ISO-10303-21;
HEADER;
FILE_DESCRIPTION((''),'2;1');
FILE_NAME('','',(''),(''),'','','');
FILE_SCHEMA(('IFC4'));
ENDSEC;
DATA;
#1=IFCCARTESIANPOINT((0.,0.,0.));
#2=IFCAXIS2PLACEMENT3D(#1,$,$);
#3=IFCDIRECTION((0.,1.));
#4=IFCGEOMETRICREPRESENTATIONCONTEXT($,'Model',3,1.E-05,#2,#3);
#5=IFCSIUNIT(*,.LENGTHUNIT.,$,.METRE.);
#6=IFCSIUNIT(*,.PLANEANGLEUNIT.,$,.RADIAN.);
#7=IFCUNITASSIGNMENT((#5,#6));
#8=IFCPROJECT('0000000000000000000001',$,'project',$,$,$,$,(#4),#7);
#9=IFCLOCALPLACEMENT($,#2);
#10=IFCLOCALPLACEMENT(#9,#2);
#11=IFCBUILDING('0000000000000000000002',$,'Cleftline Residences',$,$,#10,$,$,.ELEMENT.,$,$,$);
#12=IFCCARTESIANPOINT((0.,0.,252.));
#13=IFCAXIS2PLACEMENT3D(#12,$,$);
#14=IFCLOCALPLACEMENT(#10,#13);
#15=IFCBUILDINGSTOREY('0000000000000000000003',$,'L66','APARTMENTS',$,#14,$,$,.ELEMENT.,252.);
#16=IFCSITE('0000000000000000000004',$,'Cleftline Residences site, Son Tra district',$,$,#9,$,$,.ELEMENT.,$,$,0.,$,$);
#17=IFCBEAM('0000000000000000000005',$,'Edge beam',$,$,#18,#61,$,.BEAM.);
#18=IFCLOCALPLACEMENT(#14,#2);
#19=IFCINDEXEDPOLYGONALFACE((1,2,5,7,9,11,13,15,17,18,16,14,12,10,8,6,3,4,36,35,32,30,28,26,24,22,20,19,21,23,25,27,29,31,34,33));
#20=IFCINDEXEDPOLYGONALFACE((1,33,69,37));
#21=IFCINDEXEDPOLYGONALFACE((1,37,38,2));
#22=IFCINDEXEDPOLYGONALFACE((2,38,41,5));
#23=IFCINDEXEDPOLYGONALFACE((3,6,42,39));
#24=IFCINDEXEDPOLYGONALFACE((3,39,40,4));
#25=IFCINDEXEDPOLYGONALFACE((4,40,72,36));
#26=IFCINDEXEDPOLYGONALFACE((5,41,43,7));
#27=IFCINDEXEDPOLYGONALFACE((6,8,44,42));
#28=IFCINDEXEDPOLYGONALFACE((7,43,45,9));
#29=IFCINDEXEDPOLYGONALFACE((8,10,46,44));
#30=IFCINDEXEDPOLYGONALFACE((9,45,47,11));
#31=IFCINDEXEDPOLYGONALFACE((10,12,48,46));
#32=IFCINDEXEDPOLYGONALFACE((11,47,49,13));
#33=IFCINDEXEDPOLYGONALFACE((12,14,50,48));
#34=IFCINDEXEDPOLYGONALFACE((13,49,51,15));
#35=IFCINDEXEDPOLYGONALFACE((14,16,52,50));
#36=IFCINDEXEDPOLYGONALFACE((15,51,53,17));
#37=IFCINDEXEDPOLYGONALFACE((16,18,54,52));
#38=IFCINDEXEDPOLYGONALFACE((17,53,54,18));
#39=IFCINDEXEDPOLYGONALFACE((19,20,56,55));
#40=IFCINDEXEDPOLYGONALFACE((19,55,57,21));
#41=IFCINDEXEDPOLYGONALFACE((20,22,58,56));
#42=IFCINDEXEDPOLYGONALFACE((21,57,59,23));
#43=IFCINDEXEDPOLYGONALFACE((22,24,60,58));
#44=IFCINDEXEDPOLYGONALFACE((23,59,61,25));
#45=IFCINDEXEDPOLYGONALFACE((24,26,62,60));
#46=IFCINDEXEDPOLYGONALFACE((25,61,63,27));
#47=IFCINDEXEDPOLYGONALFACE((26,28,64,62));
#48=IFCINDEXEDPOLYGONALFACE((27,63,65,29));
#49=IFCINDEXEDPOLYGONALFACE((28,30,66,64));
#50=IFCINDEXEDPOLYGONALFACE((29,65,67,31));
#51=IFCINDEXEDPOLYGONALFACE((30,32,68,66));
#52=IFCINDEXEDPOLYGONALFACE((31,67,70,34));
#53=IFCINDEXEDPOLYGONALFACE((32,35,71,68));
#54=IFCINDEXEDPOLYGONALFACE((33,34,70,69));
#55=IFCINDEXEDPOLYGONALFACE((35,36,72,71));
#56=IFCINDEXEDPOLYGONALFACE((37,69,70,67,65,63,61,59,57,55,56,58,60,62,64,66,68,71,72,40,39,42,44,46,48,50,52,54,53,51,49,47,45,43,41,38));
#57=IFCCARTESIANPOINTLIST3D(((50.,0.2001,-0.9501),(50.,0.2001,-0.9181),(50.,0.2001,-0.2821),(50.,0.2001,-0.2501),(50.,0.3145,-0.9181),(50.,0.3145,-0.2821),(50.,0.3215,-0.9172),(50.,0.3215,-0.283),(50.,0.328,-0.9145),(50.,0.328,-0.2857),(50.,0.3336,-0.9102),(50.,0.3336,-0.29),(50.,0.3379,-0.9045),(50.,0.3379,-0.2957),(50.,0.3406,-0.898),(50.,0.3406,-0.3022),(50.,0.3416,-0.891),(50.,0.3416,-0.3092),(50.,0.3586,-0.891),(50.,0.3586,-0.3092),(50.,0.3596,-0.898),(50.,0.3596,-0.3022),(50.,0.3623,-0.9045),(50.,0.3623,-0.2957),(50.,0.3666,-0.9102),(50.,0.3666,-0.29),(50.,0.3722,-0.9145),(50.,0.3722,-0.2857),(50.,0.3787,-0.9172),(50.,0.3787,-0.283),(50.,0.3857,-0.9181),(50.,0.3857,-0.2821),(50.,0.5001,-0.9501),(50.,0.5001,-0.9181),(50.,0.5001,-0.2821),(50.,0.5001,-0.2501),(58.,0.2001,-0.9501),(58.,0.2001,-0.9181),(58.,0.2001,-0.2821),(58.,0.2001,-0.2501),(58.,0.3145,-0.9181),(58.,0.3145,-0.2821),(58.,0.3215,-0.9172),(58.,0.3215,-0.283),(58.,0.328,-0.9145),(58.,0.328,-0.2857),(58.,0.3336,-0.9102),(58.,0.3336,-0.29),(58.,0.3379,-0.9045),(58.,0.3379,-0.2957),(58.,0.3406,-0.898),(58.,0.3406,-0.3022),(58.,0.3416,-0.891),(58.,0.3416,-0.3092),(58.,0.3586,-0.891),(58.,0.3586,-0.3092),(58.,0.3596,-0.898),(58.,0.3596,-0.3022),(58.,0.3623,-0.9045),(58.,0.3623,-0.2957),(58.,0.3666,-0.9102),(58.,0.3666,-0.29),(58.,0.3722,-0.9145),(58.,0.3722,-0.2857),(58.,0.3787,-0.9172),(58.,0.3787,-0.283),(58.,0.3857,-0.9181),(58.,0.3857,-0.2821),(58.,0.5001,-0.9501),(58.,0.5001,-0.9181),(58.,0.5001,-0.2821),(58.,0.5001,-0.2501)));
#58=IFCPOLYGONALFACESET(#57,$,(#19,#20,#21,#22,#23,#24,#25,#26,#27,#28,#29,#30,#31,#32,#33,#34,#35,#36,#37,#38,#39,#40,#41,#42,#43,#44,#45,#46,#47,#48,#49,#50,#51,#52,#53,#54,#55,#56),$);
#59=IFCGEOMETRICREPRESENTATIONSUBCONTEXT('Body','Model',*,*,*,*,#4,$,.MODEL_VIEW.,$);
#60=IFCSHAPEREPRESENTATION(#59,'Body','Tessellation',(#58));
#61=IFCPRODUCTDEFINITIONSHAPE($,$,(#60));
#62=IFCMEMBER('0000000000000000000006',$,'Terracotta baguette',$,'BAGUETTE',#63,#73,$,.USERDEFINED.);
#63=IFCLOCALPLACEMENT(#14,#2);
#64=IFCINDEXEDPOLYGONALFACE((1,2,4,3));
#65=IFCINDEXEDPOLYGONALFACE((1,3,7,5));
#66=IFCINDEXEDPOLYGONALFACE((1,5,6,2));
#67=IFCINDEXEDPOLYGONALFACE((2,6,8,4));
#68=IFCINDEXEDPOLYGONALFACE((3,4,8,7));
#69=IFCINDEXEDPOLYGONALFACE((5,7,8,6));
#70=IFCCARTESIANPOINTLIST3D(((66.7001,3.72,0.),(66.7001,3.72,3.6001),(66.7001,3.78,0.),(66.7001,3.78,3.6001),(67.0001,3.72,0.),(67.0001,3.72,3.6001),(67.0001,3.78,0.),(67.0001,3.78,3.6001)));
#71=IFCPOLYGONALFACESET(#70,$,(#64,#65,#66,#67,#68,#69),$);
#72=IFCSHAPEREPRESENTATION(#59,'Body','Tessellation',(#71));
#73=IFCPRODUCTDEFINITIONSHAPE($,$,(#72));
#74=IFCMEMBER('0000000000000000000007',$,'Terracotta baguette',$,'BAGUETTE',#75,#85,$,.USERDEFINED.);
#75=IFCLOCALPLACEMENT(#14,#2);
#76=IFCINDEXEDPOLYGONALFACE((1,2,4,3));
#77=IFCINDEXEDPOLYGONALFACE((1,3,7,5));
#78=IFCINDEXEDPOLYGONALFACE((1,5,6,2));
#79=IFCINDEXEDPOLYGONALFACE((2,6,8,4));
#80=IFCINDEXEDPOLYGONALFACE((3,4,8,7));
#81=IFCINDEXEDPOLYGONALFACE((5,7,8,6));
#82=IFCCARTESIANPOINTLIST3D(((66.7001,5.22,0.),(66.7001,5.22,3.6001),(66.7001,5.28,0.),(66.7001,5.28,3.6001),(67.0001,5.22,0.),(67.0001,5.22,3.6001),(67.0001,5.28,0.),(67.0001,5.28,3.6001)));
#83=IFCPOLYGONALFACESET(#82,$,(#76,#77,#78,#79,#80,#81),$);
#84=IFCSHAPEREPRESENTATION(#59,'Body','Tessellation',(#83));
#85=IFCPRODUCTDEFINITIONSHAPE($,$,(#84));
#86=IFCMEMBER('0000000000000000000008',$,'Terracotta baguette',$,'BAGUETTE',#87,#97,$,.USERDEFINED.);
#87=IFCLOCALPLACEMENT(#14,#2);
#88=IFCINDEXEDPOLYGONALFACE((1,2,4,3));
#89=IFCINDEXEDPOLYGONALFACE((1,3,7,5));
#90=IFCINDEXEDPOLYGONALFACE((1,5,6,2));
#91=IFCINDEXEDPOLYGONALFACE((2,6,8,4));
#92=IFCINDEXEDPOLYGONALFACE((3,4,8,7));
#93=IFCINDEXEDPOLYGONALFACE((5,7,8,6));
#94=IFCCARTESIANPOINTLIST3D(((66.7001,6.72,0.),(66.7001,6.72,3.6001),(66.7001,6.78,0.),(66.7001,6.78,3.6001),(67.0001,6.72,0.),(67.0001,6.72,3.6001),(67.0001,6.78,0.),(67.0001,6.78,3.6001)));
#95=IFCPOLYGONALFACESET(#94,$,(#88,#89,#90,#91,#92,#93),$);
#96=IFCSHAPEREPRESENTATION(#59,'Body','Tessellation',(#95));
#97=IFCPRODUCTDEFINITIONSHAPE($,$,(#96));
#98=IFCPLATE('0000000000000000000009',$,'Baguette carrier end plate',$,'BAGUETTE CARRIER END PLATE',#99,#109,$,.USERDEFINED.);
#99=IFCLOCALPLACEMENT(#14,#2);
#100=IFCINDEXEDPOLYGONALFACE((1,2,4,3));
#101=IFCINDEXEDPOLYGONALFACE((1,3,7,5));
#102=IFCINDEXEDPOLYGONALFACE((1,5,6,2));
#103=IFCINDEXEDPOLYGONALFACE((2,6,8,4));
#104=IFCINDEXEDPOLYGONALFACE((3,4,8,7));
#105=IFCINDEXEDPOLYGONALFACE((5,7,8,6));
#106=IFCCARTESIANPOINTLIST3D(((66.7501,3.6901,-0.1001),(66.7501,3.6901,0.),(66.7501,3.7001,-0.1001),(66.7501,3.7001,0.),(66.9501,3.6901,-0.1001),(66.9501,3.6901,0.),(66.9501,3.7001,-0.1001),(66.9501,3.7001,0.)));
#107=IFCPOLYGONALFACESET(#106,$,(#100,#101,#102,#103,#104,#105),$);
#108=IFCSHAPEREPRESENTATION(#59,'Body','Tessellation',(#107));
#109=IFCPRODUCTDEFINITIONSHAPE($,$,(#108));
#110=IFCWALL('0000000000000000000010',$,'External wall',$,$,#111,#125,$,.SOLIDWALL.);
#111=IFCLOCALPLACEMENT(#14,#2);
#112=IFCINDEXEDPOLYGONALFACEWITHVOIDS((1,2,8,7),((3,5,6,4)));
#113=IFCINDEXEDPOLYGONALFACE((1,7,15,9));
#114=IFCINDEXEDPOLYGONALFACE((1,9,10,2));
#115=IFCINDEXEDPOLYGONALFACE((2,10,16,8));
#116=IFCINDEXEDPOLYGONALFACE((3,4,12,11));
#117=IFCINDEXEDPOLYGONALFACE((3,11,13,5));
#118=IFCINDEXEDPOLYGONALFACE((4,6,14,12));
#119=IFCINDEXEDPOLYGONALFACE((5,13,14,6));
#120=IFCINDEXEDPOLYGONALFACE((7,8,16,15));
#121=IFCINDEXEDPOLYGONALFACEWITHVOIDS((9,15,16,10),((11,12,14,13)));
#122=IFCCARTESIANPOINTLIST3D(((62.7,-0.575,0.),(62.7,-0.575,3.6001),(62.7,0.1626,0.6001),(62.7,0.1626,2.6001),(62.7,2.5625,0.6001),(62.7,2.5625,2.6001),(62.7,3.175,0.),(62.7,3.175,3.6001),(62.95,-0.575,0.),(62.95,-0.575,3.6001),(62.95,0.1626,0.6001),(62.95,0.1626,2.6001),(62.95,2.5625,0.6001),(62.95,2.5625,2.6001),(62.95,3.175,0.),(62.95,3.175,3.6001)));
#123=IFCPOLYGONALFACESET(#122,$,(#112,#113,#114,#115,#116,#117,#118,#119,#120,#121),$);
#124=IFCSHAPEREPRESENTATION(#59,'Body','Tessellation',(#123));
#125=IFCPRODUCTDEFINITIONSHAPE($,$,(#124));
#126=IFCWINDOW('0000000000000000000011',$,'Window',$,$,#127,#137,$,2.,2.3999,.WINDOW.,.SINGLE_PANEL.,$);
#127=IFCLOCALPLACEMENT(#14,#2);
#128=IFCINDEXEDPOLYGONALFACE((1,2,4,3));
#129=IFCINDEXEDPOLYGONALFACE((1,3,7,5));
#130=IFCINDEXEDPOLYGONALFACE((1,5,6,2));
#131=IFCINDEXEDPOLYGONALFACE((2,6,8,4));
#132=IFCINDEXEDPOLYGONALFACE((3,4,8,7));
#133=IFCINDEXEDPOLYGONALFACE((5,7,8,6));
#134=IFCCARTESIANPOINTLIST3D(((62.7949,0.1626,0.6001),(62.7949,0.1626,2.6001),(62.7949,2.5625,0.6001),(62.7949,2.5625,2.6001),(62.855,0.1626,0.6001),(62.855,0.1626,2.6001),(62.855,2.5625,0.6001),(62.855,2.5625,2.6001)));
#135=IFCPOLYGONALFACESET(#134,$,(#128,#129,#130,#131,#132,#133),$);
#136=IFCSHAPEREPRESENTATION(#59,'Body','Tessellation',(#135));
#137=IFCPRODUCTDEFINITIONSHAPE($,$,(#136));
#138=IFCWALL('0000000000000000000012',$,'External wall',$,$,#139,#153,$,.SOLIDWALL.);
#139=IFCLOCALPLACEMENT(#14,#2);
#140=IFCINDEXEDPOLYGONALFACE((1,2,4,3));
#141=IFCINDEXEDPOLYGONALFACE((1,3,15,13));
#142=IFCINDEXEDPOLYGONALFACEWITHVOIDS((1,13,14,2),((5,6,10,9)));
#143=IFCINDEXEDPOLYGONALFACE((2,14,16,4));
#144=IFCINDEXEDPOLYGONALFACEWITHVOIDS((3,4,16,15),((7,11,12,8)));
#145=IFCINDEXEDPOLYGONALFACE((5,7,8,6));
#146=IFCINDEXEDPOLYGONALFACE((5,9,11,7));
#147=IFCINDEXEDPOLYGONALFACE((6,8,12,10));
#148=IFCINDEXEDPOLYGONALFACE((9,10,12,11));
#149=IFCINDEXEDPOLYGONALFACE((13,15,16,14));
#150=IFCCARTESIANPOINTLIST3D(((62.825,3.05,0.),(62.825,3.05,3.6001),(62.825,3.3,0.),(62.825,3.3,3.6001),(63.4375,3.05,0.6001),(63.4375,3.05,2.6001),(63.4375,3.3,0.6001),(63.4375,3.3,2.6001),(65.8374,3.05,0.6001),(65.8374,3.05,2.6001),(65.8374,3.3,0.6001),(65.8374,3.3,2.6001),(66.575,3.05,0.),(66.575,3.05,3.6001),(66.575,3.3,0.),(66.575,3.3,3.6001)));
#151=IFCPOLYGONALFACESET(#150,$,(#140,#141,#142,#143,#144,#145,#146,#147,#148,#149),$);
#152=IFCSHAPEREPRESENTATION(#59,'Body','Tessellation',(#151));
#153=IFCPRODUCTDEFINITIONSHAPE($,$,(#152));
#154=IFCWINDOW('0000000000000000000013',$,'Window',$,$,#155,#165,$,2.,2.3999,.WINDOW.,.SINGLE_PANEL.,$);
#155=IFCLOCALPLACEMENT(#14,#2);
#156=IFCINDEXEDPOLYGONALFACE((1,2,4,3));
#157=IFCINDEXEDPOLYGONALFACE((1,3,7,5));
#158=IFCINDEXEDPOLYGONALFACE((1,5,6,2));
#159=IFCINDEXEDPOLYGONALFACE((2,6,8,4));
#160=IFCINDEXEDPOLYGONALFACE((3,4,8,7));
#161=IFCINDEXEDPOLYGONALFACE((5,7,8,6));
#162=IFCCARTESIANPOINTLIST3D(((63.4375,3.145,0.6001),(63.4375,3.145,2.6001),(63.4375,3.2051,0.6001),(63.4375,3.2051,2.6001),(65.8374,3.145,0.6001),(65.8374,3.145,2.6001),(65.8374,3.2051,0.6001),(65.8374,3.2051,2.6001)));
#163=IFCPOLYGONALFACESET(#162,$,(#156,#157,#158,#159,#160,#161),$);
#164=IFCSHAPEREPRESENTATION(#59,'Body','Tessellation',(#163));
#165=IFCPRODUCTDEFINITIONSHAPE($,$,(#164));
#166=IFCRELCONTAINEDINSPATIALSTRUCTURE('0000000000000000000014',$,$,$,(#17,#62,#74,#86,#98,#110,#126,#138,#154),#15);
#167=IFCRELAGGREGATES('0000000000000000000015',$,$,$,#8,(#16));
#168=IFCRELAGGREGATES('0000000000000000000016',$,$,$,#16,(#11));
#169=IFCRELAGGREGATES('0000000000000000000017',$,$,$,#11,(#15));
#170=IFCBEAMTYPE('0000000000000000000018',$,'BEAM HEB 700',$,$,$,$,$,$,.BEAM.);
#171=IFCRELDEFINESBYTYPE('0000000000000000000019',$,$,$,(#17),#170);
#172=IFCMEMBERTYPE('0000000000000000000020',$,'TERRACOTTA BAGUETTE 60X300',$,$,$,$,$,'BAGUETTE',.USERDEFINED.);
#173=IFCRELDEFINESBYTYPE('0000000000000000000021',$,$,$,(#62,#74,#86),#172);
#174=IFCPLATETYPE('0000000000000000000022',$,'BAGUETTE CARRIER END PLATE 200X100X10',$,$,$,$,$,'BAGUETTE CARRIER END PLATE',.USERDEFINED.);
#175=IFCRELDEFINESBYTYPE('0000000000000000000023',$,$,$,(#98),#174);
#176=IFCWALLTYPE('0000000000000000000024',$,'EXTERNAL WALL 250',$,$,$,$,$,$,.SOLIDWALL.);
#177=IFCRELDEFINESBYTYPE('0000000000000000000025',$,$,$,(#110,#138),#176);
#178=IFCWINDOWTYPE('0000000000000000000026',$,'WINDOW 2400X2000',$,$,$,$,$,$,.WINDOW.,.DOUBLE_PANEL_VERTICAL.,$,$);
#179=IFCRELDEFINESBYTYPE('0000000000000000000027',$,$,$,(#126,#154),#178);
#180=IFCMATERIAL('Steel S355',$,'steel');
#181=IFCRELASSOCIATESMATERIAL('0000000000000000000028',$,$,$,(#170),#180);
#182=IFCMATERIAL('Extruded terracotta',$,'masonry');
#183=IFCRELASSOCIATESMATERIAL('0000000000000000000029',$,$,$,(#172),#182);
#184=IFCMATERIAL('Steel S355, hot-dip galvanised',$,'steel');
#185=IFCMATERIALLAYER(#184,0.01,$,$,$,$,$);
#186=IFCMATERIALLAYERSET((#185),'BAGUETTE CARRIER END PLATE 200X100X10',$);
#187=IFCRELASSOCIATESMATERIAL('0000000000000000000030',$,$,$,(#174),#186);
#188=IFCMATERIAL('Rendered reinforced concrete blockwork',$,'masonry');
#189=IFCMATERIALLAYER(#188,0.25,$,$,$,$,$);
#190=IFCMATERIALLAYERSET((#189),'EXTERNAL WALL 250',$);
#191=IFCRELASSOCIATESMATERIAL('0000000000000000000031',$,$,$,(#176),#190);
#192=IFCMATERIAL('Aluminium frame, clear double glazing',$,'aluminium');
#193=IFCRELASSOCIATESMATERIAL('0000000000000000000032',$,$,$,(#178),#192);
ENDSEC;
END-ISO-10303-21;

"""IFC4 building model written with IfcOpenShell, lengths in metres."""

from ifc_helpers import new_model, si_unit, direction, frame, frame_2d, origin, origin_2d, place, context, subcontext, project, spatial, rectangle, i_section, extrude, material, layer, layer_set, material_profile, profile_set, type_object, element, fill, save


model = new_model("IFC4")

# Units and contexts
model_context = context("Model", 3, precision=1e-05, world=origin(), true_north=direction((0.0, 1.0)))
body_context = subcontext(model_context, "Body", "Model", "MODEL_VIEW")
ifc_project = project(units=[si_unit("LENGTHUNIT", "METRE"), si_unit("PLANEANGLEUNIT", "RADIAN")], contexts=[model_context])

# Site, building, storey
site_placement = place(None, origin())
site = spatial("IfcSite", under=ifc_project, at=site_placement, Name="Cleftline Residences site, Son Tra district", CompositionType="ELEMENT", RefElevation=0.0)
building_placement = place(site_placement, origin())
building = spatial("IfcBuilding", under=site, at=building_placement, Name="Cleftline Residences", CompositionType="ELEMENT")
storey_placement = place(building_placement, frame((0.0, 0.0, 252.0)))
storey = spatial("IfcBuildingStorey", under=building, at=storey_placement, Name="L66", Description="APARTMENTS", CompositionType="ELEMENT", Elevation=252.0)

# Beam
ifc_material_1 = material(Name="Steel S355", Category="steel")
ifc_material_profile_1 = material_profile(ifc_material_1, i_section(OverallWidth=0.3, OverallDepth=0.7, WebThickness=0.0171, FlangeThickness=0.032, FilletRadius=0.0271, at=origin_2d()))
ifc_profile_set_1 = profile_set([ifc_material_profile_1], Name="Steel S355")
beam_type = type_object("IfcBeamType", Name="BEAM HEB 700", PredefinedType="BEAM", material=ifc_profile_set_1)
beam_placement = place(storey_placement, frame((58.0, 0.3501, -0.6001), z_axis=(-1.0, 0.0, 0.0), x_axis=(0.0, -1.0, 0.0)))
element("IfcBeam", 1, at=beam_placement, inside=storey, type_object=beam_type, Name="Edge beam", PredefinedType="BEAM", context=body_context, shape_type="SweptSolid", body=[
    extrude(i_section(OverallWidth=0.3, OverallDepth=0.7, WebThickness=0.0171, FlangeThickness=0.032, FilletRadius=0.0271, at=origin_2d()), origin(), (0.0, 0.0, 1.0), 8.0),
])

# Members
ifc_material_2 = material(Name="Extruded terracotta", Category="masonry")
ifc_material_profile_2 = material_profile(ifc_material_2, rectangle(XDim=0.0601, YDim=0.3, at=origin_2d()))
ifc_profile_set_2 = profile_set([ifc_material_profile_2], Name="Extruded terracotta")
member_type_1 = type_object("IfcMemberType", Name="TERRACOTTA BAGUETTE 60X300", ElementType="BAGUETTE", PredefinedType="USERDEFINED", material=ifc_profile_set_2)
for number, where, z_axis, x_axis, name in (
    (2, (66.8501, 3.75, 0.0), (0.0, 0.0, 1.0), (0.0, 1.0, 0.0), "Terracotta baguette"),
    (3, (66.8501, 5.25, 0.0), (0.0, 0.0, 1.0), (0.0, 1.0, 0.0), "Terracotta baguette"),
    (4, (66.8501, 6.75, 0.0), (0.0, 0.0, 1.0), (0.0, 1.0, 0.0), "Terracotta baguette"),
):
    element("IfcMember", number, at=place(storey_placement, frame(where, z_axis=z_axis, x_axis=x_axis)), inside=storey, type_object=member_type_1, Name=name, ObjectType="BAGUETTE", PredefinedType="USERDEFINED", context=body_context, shape_type="SweptSolid", body=[
        extrude(rectangle(XDim=0.0601, YDim=0.3, at=origin_2d()), origin(), (0.0, 0.0, 1.0), 3.6001),
    ])

# Plate
ifc_material_3 = material(Name="Steel S355, hot-dip galvanised", Category="steel")
ifc_layer_1 = layer(ifc_material_3, 0.01)
ifc_layer_set_1 = layer_set([ifc_layer_1], Name="BAGUETTE CARRIER END PLATE 200X100X10")
plate_type = type_object("IfcPlateType", Name="BAGUETTE CARRIER END PLATE 200X100X10", ElementType="BAGUETTE CARRIER END PLATE", PredefinedType="USERDEFINED", material=ifc_layer_set_1)
plate_placement = place(storey_placement, frame((66.8501, 3.6951, -0.1001), z_axis=(0.0, 0.0, 1.0), x_axis=(1.0, 0.0, 0.0)))
element("IfcPlate", 5, at=plate_placement, inside=storey, type_object=plate_type, Name="Baguette carrier end plate", ObjectType="BAGUETTE CARRIER END PLATE", PredefinedType="USERDEFINED", context=body_context, shape_type="SweptSolid", body=[
    extrude(rectangle(XDim=0.2, YDim=0.01, at=origin_2d()), origin(), (0.0, 0.0, 1.0), 0.1001),
])

# Walls, openings, windows
ifc_material_4 = material(Name="Rendered reinforced concrete blockwork", Category="masonry")
ifc_layer_2 = layer(ifc_material_4, 0.25)
ifc_layer_set_2 = layer_set([ifc_layer_2], Name="EXTERNAL WALL 250")
wall_type_1 = type_object("IfcWallType", Name="EXTERNAL WALL 250", PredefinedType="SOLIDWALL", material=ifc_layer_set_2)
wall_1_placement = place(storey_placement, frame((62.825, -0.575, 0.0), z_axis=(0.0, 0.0, 1.0), x_axis=(0.0, 1.0, 0.0)))
wall_1 = element("IfcWall", 6, at=wall_1_placement, inside=storey, type_object=wall_type_1, Name="External wall", PredefinedType="SOLIDWALL", context=body_context, shape_type="SweptSolid", body=[
    extrude(rectangle(XDim=3.75, YDim=0.25, at=frame_2d((1.875, 0.0))), origin(), (0.0, 0.0, 1.0), 3.6001),
])
opening_1_placement = place(wall_1_placement, frame((0.7375, 0.0, 0.6001)))
opening_1 = element("IfcOpeningElement", 7, at=opening_1_placement, cuts=wall_1, PredefinedType="OPENING", context=body_context, shape_type="SweptSolid", body=[
    extrude(rectangle(XDim=2.3999, YDim=2.0, at=frame_2d((1.2, 1.0))), frame((0.0, 0.135, 0.0), z_axis=(0.0, -1.0, 0.0), x_axis=(1.0, 0.0, 0.0)), (0.0, 0.0, 1.0), 0.27),
])
ifc_material_5 = material(Name="Aluminium frame, clear double glazing", Category="aluminium")
window_type_1 = type_object("IfcWindowType", Name="WINDOW 2400X2000", PartitioningType="DOUBLE_PANEL_VERTICAL", PredefinedType="WINDOW", material=ifc_material_5)
window_1_placement = place(opening_1_placement, origin())
window_1 = element("IfcWindow", 8, at=window_1_placement, inside=storey, type_object=window_type_1, Name="Window", OverallHeight=2.0, OverallWidth=2.3999, PartitioningType="SINGLE_PANEL", PredefinedType="WINDOW", context=body_context, shape_type="SweptSolid", body=[
    extrude(rectangle(XDim=2.3999, YDim=2.0, at=frame_2d((1.2, 1.0))), frame((0.0, 0.03, 0.0), z_axis=(0.0, -1.0, 0.0), x_axis=(1.0, 0.0, 0.0)), (0.0, 0.0, 1.0), 0.0601),
])
fill(opening_1, window_1)
wall_2_placement = place(storey_placement, frame((62.825, 3.175, 0.0), z_axis=(0.0, 0.0, 1.0), x_axis=(1.0, 0.0, 0.0)))
wall_2 = element("IfcWall", 9, at=wall_2_placement, inside=storey, type_object=wall_type_1, Name="External wall", PredefinedType="SOLIDWALL", context=body_context, shape_type="SweptSolid", body=[
    extrude(rectangle(XDim=3.75, YDim=0.25, at=frame_2d((1.875, 0.0))), origin(), (0.0, 0.0, 1.0), 3.6001),
])
opening_2_placement = place(wall_2_placement, frame((0.6125, 0.0, 0.6001)))
opening_2 = element("IfcOpeningElement", 10, at=opening_2_placement, cuts=wall_2, PredefinedType="OPENING", context=body_context, shape_type="SweptSolid", body=[
    extrude(rectangle(XDim=2.3999, YDim=2.0, at=frame_2d((1.2, 1.0))), frame((0.0, 0.135, 0.0), z_axis=(0.0, -1.0, 0.0), x_axis=(1.0, 0.0, 0.0)), (0.0, 0.0, 1.0), 0.27),
])
window_2_placement = place(opening_2_placement, origin())
window_2 = element("IfcWindow", 11, at=window_2_placement, inside=storey, type_object=window_type_1, Name="Window", OverallHeight=2.0, OverallWidth=2.3999, PartitioningType="SINGLE_PANEL", PredefinedType="WINDOW", context=body_context, shape_type="SweptSolid", body=[
    extrude(rectangle(XDim=2.3999, YDim=2.0, at=frame_2d((1.2, 1.0))), frame((0.0, 0.03, 0.0), z_axis=(0.0, -1.0, 0.0), x_axis=(1.0, 0.0, 0.0)), (0.0, 0.0, 1.0), 0.0601),
])
fill(opening_2, window_2)

save(model, "model.ifc")
